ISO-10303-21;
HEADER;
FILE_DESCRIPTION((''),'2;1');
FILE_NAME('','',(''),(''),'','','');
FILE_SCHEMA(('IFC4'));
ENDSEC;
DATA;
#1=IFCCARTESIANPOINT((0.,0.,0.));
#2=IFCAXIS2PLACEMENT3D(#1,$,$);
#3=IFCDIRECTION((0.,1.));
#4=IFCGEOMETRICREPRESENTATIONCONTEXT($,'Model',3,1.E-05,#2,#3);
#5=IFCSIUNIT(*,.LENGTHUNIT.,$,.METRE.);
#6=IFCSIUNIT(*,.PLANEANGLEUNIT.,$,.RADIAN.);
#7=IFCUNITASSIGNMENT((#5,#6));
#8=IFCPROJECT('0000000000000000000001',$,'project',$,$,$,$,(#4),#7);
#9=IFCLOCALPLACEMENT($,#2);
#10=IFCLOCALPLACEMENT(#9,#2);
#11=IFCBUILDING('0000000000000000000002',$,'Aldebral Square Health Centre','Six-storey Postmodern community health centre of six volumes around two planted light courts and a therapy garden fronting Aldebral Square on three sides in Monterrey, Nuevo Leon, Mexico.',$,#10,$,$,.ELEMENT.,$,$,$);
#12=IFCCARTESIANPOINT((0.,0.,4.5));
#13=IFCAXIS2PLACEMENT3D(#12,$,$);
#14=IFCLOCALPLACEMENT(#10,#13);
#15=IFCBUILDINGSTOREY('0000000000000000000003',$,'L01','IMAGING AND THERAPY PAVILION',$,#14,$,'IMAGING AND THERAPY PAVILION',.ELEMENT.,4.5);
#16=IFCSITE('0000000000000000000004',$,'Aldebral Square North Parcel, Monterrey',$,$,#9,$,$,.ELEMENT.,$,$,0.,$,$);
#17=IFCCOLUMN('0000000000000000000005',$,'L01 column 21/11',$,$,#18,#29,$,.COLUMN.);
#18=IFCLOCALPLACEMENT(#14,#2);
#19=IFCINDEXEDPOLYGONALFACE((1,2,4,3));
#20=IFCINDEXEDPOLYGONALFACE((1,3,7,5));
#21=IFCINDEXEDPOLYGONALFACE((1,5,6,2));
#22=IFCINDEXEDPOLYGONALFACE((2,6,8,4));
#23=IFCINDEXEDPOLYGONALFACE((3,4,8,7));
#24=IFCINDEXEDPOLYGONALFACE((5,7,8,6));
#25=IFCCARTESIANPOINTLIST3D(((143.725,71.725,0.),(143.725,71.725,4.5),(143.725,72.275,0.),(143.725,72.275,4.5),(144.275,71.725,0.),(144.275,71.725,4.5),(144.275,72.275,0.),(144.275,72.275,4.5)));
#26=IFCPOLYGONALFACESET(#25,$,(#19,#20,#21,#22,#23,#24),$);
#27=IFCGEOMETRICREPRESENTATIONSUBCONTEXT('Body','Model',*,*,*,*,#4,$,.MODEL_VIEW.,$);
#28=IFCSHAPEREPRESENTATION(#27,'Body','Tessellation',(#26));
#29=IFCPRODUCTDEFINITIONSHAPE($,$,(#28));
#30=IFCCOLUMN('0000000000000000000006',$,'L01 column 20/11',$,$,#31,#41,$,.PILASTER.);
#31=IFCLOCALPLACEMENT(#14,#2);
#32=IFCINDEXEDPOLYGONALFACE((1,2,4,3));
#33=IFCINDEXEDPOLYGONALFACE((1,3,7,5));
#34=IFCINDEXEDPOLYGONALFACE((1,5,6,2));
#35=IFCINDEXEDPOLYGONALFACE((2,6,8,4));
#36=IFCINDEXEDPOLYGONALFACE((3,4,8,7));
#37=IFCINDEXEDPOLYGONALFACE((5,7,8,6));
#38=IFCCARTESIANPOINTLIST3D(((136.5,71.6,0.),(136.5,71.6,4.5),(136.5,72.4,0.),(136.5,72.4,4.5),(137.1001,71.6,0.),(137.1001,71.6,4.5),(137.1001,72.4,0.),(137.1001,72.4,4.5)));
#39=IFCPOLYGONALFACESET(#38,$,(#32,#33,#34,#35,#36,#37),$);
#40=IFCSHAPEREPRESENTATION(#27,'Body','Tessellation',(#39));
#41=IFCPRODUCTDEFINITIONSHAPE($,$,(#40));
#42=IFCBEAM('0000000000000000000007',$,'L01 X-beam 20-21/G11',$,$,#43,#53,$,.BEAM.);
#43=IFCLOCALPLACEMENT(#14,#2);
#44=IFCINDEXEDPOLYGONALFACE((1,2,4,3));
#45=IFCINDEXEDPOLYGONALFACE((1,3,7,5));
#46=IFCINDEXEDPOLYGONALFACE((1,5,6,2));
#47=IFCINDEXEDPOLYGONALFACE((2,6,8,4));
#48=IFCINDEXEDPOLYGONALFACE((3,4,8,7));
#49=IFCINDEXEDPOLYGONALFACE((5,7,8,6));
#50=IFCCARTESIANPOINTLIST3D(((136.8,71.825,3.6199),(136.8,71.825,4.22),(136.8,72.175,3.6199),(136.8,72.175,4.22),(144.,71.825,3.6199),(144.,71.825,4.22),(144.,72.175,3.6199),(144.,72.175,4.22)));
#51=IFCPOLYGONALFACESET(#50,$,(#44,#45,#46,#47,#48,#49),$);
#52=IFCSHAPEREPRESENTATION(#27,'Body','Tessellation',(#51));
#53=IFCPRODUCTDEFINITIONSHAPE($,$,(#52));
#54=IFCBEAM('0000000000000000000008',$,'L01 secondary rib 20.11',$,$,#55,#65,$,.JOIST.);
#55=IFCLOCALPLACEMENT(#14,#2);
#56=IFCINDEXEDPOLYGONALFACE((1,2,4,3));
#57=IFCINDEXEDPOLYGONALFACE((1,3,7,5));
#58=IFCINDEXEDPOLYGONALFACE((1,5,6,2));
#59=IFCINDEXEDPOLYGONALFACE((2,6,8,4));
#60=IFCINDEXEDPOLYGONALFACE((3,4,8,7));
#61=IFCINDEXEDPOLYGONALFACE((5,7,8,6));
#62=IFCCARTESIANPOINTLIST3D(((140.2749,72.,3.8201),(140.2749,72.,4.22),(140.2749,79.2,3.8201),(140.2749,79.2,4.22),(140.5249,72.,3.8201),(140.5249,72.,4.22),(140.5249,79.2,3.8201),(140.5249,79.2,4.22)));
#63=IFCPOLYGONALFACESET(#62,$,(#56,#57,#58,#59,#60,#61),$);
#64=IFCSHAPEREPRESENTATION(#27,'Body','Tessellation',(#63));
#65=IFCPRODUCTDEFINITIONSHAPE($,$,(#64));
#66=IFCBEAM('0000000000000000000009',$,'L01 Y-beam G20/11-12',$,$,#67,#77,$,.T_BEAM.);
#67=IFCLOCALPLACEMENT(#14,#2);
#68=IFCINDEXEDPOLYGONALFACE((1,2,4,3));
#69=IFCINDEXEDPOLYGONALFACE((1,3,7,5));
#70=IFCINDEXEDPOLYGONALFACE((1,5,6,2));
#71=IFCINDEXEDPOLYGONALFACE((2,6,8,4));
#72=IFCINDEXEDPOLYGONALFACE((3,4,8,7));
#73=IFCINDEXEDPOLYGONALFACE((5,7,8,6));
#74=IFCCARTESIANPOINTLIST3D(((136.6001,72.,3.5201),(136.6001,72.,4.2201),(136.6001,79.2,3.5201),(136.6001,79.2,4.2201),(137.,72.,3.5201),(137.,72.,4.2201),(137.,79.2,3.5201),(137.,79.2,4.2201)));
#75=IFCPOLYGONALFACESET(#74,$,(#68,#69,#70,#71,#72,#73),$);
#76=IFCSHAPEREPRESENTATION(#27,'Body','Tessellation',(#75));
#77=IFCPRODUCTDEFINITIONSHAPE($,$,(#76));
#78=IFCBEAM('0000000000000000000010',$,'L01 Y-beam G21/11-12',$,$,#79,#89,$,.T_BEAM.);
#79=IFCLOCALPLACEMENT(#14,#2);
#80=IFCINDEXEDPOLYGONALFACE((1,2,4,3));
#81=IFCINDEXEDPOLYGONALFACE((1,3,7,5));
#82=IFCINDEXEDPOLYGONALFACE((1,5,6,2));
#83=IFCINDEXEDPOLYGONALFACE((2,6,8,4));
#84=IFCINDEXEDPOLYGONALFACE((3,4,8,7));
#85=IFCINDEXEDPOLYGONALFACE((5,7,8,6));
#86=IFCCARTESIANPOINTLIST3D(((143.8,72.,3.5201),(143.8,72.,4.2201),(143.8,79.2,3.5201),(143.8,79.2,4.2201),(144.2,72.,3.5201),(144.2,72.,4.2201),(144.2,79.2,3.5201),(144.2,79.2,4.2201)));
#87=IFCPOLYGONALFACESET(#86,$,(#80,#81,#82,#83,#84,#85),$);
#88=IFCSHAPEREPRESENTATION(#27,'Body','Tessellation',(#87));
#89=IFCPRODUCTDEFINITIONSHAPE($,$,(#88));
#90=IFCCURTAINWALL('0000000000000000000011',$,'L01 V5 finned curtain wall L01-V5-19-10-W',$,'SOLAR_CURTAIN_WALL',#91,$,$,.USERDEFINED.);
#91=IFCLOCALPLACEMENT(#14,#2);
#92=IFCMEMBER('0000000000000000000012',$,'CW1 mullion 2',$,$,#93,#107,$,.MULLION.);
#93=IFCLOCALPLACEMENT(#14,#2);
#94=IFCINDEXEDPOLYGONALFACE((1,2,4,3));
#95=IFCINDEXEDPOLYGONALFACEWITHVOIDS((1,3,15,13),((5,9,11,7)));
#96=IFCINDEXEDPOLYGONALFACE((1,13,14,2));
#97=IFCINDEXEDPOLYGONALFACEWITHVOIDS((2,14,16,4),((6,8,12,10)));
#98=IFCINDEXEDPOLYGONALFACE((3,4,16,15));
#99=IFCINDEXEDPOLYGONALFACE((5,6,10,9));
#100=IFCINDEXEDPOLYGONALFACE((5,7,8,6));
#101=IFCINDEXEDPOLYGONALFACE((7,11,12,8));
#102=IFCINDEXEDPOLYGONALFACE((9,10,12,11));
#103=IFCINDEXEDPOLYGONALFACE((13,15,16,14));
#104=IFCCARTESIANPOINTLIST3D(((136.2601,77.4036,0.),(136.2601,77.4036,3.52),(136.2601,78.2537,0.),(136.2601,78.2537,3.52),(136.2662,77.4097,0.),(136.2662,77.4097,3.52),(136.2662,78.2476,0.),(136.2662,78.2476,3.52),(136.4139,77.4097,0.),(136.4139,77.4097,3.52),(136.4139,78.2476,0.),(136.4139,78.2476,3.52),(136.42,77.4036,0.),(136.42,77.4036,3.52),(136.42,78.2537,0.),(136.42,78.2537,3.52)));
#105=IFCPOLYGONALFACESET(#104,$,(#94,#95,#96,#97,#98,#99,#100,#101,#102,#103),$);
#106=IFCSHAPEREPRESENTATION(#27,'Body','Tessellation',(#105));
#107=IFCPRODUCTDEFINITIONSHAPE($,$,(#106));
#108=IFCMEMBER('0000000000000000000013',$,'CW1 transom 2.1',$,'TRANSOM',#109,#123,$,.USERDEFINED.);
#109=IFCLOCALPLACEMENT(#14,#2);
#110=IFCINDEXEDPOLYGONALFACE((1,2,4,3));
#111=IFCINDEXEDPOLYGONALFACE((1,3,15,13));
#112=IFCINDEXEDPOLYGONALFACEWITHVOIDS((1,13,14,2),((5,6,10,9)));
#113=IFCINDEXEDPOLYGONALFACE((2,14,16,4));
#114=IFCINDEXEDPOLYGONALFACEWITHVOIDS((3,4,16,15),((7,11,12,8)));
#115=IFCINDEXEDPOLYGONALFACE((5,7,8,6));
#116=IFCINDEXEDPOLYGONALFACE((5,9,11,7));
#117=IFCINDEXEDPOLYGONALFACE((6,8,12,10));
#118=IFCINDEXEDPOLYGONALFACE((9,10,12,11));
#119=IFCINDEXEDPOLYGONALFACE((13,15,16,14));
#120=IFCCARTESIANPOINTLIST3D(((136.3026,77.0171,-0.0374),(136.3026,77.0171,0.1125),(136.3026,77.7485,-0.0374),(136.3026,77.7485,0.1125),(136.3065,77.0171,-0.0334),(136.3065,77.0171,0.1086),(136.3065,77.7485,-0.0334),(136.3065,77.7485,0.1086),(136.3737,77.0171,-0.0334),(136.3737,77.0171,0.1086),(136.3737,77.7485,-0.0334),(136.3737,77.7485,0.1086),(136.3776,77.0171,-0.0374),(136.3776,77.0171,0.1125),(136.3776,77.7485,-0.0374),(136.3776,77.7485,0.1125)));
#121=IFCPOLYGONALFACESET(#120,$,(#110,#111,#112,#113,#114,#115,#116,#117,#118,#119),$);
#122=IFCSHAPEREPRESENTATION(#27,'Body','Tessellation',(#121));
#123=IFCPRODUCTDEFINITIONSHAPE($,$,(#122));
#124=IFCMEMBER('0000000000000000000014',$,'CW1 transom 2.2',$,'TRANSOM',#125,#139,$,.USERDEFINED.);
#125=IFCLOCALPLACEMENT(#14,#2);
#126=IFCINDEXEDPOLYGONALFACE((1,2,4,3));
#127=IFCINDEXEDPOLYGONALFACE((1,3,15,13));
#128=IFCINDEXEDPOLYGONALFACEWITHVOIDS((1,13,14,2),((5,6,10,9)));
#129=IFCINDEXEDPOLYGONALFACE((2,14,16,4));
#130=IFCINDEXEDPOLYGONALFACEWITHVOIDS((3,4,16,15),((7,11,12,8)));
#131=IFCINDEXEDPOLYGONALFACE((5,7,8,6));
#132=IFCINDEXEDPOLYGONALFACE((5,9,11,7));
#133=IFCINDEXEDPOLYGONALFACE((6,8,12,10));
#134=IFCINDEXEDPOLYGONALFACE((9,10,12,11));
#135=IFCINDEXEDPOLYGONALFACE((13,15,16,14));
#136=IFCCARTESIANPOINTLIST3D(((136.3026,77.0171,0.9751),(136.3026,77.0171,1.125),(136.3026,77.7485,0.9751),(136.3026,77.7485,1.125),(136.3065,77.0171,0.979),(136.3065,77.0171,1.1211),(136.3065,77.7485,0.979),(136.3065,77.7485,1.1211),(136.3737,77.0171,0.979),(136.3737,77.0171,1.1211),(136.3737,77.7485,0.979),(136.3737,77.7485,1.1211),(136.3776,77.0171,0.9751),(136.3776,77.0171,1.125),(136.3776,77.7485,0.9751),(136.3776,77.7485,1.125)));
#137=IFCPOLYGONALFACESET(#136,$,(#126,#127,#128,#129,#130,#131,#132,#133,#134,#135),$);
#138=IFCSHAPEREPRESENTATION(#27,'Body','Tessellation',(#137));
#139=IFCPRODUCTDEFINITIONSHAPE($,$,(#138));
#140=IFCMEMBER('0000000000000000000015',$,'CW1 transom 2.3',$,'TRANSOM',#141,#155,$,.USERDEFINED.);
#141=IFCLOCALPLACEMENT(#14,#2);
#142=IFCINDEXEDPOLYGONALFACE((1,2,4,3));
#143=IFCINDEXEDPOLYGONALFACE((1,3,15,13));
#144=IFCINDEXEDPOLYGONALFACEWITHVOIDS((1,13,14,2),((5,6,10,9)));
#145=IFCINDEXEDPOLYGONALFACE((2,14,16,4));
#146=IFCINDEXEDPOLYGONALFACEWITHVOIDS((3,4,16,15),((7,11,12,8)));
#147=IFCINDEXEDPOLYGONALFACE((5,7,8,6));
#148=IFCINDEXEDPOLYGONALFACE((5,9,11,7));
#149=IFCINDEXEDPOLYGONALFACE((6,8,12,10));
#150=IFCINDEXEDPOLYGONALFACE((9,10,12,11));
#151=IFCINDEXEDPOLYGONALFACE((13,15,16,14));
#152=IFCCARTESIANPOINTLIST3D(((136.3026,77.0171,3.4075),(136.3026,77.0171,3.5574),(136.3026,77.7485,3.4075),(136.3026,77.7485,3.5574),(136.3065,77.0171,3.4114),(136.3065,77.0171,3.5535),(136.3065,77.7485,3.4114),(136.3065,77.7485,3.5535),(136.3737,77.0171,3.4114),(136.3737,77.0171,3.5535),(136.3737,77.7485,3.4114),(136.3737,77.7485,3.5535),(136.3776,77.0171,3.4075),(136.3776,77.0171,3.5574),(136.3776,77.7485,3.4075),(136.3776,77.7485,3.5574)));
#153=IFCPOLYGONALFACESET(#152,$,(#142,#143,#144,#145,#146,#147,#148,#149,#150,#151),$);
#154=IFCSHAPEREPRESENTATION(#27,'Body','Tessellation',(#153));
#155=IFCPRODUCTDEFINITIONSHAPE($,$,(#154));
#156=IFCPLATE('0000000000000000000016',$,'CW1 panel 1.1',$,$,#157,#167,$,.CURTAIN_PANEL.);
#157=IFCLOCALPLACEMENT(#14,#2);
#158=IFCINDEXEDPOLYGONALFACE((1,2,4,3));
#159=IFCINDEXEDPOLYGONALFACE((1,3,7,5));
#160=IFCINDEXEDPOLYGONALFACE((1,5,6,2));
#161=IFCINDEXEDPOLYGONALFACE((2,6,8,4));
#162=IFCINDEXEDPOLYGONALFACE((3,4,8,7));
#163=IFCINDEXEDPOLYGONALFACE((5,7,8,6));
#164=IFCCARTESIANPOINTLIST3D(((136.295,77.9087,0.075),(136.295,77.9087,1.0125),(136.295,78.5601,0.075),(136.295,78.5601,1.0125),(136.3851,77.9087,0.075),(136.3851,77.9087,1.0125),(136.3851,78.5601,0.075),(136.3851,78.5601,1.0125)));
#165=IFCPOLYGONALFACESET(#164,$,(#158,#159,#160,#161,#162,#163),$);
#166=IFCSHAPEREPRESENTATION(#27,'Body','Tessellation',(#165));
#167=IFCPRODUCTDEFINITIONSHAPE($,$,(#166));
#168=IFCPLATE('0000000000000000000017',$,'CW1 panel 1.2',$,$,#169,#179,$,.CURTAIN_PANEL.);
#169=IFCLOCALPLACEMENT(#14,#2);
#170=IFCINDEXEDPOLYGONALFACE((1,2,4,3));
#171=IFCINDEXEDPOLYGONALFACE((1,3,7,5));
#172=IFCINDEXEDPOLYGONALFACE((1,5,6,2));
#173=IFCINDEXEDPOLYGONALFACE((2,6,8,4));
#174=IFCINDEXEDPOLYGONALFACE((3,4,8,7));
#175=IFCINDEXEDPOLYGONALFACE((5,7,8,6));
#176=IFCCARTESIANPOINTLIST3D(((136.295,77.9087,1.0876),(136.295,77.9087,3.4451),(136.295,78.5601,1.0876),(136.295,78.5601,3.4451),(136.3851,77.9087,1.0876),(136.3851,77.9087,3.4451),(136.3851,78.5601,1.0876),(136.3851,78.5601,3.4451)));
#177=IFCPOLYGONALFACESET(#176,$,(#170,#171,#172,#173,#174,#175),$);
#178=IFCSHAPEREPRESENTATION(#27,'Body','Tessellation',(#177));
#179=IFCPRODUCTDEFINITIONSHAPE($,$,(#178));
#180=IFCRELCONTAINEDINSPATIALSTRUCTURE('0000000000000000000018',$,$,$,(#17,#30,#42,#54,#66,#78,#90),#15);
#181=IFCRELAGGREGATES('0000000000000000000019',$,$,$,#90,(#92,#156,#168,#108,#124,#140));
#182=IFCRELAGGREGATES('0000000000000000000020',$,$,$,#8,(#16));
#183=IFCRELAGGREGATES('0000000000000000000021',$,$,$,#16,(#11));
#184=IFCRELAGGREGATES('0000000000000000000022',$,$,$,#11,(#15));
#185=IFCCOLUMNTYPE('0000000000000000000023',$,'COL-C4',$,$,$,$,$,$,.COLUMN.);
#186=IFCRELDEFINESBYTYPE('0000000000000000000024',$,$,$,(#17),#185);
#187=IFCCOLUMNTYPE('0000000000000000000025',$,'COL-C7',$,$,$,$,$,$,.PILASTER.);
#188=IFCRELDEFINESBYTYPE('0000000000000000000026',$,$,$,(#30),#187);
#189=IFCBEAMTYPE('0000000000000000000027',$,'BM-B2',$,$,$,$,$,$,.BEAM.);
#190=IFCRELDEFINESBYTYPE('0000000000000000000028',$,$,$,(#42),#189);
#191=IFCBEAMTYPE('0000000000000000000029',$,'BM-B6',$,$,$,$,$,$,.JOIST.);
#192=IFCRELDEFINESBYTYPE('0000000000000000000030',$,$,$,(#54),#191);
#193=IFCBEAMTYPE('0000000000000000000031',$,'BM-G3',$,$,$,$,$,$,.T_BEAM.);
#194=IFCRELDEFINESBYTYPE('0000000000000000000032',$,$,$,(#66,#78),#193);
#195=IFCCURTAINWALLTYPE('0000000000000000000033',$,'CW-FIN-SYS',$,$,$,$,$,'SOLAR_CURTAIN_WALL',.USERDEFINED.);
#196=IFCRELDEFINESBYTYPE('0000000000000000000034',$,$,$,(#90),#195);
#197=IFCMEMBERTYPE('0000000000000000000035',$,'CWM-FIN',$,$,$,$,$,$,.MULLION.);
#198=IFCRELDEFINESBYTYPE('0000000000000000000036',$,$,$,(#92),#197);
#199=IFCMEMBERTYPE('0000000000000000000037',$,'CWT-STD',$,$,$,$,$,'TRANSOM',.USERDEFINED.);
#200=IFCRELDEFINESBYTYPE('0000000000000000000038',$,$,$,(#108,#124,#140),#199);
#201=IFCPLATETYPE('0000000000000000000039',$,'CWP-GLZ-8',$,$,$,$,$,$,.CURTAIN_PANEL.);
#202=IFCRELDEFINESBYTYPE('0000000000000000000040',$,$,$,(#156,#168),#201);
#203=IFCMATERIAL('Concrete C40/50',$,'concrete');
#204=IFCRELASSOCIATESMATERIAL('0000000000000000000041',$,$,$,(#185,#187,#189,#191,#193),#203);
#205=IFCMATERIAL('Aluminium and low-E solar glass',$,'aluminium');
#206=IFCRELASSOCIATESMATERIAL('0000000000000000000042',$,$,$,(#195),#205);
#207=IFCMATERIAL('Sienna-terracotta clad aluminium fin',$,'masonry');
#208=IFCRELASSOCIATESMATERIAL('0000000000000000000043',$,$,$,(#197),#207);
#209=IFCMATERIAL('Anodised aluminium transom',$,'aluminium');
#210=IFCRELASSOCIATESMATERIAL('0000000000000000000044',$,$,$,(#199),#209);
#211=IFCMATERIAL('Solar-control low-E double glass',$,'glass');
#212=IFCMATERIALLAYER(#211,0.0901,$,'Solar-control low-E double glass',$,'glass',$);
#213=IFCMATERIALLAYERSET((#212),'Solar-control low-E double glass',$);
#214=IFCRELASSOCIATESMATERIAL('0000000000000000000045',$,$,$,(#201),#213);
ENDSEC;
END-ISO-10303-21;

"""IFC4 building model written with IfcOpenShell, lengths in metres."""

from ifc_helpers import new_model, si_unit, direction, frame, origin, origin_2d, place, context, subcontext, project, spatial, rectangle, hollow_rectangle, extrude, material, layer, layer_set, material_profile, profile_set, type_object, element, aggregate, save


model = new_model("IFC4")

# Units and contexts
model_context = context("Model", 3, precision=1e-05, world=origin(), true_north=direction((0.0, 1.0)))
body_context = subcontext(model_context, "Body", "Model", "MODEL_VIEW")
ifc_project = project(units=[si_unit("LENGTHUNIT", "METRE"), si_unit("PLANEANGLEUNIT", "RADIAN")], contexts=[model_context])

# Site, building, storey
site_placement = place(None, origin())
site = spatial("IfcSite", under=ifc_project, at=site_placement, Name="Aldebral Square North Parcel, Monterrey", CompositionType="ELEMENT", RefElevation=0.0)
building_placement = place(site_placement, origin())
building = spatial("IfcBuilding", under=site, at=building_placement, Name="Aldebral Square Health Centre", Description="Six-storey Postmodern community health centre of six volumes around two planted light courts and a therapy garden fronting Aldebral Square on three sides in Monterrey, Nuevo Leon, Mexico.", CompositionType="ELEMENT")
storey_placement = place(building_placement, frame((0.0, 0.0, 4.5)))
storey = spatial("IfcBuildingStorey", under=building, at=storey_placement, Name="L01", Description="IMAGING AND THERAPY PAVILION", LongName="IMAGING AND THERAPY PAVILION", CompositionType="ELEMENT", Elevation=4.5)

# Columns
ifc_material_1 = material(Name="Concrete C40/50", Category="concrete")
ifc_material_profile_1 = material_profile(ifc_material_1, rectangle(XDim=0.55, YDim=0.55, at=origin_2d()), Name="RC 550x550")
ifc_profile_set_1 = profile_set([ifc_material_profile_1], Name="Concrete C40/50")
column_type_1 = type_object("IfcColumnType", Name="COL-C4", PredefinedType="COLUMN", material=ifc_profile_set_1)
column_1_placement = place(storey_placement, frame((144.0, 72.0, 0.0), z_axis=(0.0, 0.0, 1.0), x_axis=(1.0, 0.0, 0.0)))
element("IfcColumn", 1, at=column_1_placement, inside=storey, type_object=column_type_1, Name="L01 column 21/11", PredefinedType="COLUMN", context=body_context, shape_type="SweptSolid", body=[
    extrude(rectangle(XDim=0.55, YDim=0.55, at=origin_2d()), origin(), (0.0, 0.0, 1.0), 4.5),
])
ifc_material_profile_2 = material_profile(ifc_material_1, rectangle(XDim=0.6001, YDim=0.8, at=origin_2d()), Name="RC 600x800")
ifc_profile_set_2 = profile_set([ifc_material_profile_2], Name="Concrete C40/50")
column_type_2 = type_object("IfcColumnType", Name="COL-C7", PredefinedType="PILASTER", material=ifc_profile_set_2)
column_2_placement = place(storey_placement, frame((136.8, 72.0, 0.0), z_axis=(0.0, 0.0, 1.0), x_axis=(1.0, 0.0, 0.0)))
element("IfcColumn", 2, at=column_2_placement, inside=storey, type_object=column_type_2, Name="L01 column 20/11", PredefinedType="PILASTER", context=body_context, shape_type="SweptSolid", body=[
    extrude(rectangle(XDim=0.6001, YDim=0.8, at=origin_2d()), origin(), (0.0, 0.0, 1.0), 4.5),
])

# Beams
ifc_material_profile_3 = material_profile(ifc_material_1, rectangle(XDim=0.3501, YDim=0.6001, at=origin_2d()), Name="RC 350x600")
ifc_profile_set_3 = profile_set([ifc_material_profile_3], Name="Concrete C40/50")
beam_type_1 = type_object("IfcBeamType", Name="BM-B2", PredefinedType="BEAM", material=ifc_profile_set_3)
beam_1_placement = place(storey_placement, frame((136.8, 72.0, 3.9199), z_axis=(1.0, 0.0, 0.0), x_axis=(0.0, 1.0, 0.0)))
element("IfcBeam", 3, at=beam_1_placement, inside=storey, type_object=beam_type_1, Name="L01 X-beam 20-21/G11", PredefinedType="BEAM", context=body_context, shape_type="SweptSolid", body=[
    extrude(rectangle(XDim=0.3501, YDim=0.6001, at=origin_2d()), origin(), (0.0, 0.0, 1.0), 7.2),
])
ifc_material_profile_4 = material_profile(ifc_material_1, rectangle(XDim=0.25, YDim=0.3999, at=origin_2d()), Name="RC 250x400")
ifc_profile_set_4 = profile_set([ifc_material_profile_4], Name="Concrete C40/50")
beam_type_2 = type_object("IfcBeamType", Name="BM-B6", PredefinedType="JOIST", material=ifc_profile_set_4)
beam_2_placement = place(storey_placement, frame((140.3999, 72.0, 4.02), z_axis=(0.0, 1.0, 0.0), x_axis=(-1.0, 0.0, 0.0)))
element("IfcBeam", 4, at=beam_2_placement, inside=storey, type_object=beam_type_2, Name="L01 secondary rib 20.11", PredefinedType="JOIST", context=body_context, shape_type="SweptSolid", body=[
    extrude(rectangle(XDim=0.25, YDim=0.3999, at=origin_2d()), origin(), (0.0, 0.0, 1.0), 7.2),
])
ifc_material_profile_5 = material_profile(ifc_material_1, rectangle(XDim=0.3999, YDim=0.7, at=origin_2d()), Name="RC 400x700")
ifc_profile_set_5 = profile_set([ifc_material_profile_5], Name="Concrete C40/50")
beam_type_3 = type_object("IfcBeamType", Name="BM-G3", PredefinedType="T_BEAM", material=ifc_profile_set_5)
for number, where, z_axis, x_axis, name in (
    (5, (136.8, 72.0, 3.8701), (0.0, 1.0, 0.0), (-1.0, 0.0, 0.0), "L01 Y-beam G20/11-12"),
    (6, (144.0, 72.0, 3.8701), (0.0, 1.0, 0.0), (-1.0, 0.0, 0.0), "L01 Y-beam G21/11-12"),
):
    element("IfcBeam", number, at=place(storey_placement, frame(where, z_axis=z_axis, x_axis=x_axis)), inside=storey, type_object=beam_type_3, Name=name, PredefinedType="T_BEAM", context=body_context, shape_type="SweptSolid", body=[
        extrude(rectangle(XDim=0.3999, YDim=0.7, at=origin_2d()), origin(), (0.0, 0.0, 1.0), 7.2),
    ])

# Curtain wall, members, plates
ifc_material_2 = material(Name="Aluminium and low-E solar glass", Category="aluminium")
curtain_wall_type = type_object("IfcCurtainWallType", Name="CW-FIN-SYS", ElementType="SOLAR_CURTAIN_WALL", PredefinedType="USERDEFINED", material=ifc_material_2)
curtain_wall_placement = place(storey_placement, origin())
curtain_wall = element("IfcCurtainWall", 7, at=curtain_wall_placement, inside=storey, type_object=curtain_wall_type, Name="L01 V5 finned curtain wall L01-V5-19-10-W", ObjectType="SOLAR_CURTAIN_WALL", PredefinedType="USERDEFINED")
ifc_material_3 = material(Name="Sienna-terracotta clad aluminium fin", Category="masonry")
ifc_material_profile_6 = material_profile(ifc_material_3, hollow_rectangle(XDim=0.1599, YDim=0.8501, WallThickness=0.0061, at=origin_2d()), Name="FIN 160x850x6")
ifc_profile_set_6 = profile_set([ifc_material_profile_6], Name="Sienna-terracotta clad aluminium fin")
member_type_1 = type_object("IfcMemberType", Name="CWM-FIN", PredefinedType="MULLION", material=ifc_profile_set_6)
member_1_placement = place(storey_placement, frame((136.3401, 77.8286, 0.0), z_axis=(0.0, 0.0, 1.0), x_axis=(1.0, 0.0, 0.0)))
member_1 = element("IfcMember", 8, at=member_1_placement, type_object=member_type_1, Name="CW1 mullion 2", PredefinedType="MULLION", context=body_context, shape_type="SweptSolid", body=[
    extrude(hollow_rectangle(XDim=0.1599, YDim=0.8501, WallThickness=0.0061, at=origin_2d()), origin(), (0.0, 0.0, 1.0), 3.52),
])
ifc_material_4 = material(Name="Anodised aluminium transom", Category="aluminium")
ifc_material_profile_7 = material_profile(ifc_material_4, hollow_rectangle(XDim=0.075, YDim=0.1499, WallThickness=0.0039, at=origin_2d()), Name="CWT 75x150x4")
ifc_profile_set_7 = profile_set([ifc_material_profile_7], Name="Anodised aluminium transom")
member_type_2 = type_object("IfcMemberType", Name="CWT-STD", ElementType="TRANSOM", PredefinedType="USERDEFINED", material=ifc_profile_set_7)
member_2_placement = place(storey_placement, frame((136.3401, 77.7485, 0.0376), z_axis=(0.0, -1.0, 0.0), x_axis=(1.0, 0.0, 0.0)))
member_2 = element("IfcMember", 9, at=member_2_placement, type_object=member_type_2, Name="CW1 transom 2.1", ObjectType="TRANSOM", PredefinedType="USERDEFINED", context=body_context, shape_type="SweptSolid", body=[
    extrude(hollow_rectangle(XDim=0.075, YDim=0.1499, WallThickness=0.0039, at=origin_2d()), origin(), (0.0, 0.0, 1.0), 0.7314),
])
member_3_placement = place(storey_placement, frame((136.3401, 77.7485, 1.05), z_axis=(0.0, -1.0, 0.0), x_axis=(1.0, 0.0, 0.0)))
member_3 = element("IfcMember", 10, at=member_3_placement, type_object=member_type_2, Name="CW1 transom 2.2", ObjectType="TRANSOM", PredefinedType="USERDEFINED", context=body_context, shape_type="SweptSolid", body=[
    extrude(hollow_rectangle(XDim=0.075, YDim=0.1499, WallThickness=0.0039, at=origin_2d()), origin(), (0.0, 0.0, 1.0), 0.7314),
])
member_4_placement = place(storey_placement, frame((136.3401, 77.7485, 3.4824), z_axis=(0.0, -1.0, 0.0), x_axis=(1.0, 0.0, 0.0)))
member_4 = element("IfcMember", 11, at=member_4_placement, type_object=member_type_2, Name="CW1 transom 2.3", ObjectType="TRANSOM", PredefinedType="USERDEFINED", context=body_context, shape_type="SweptSolid", body=[
    extrude(hollow_rectangle(XDim=0.075, YDim=0.1499, WallThickness=0.0039, at=origin_2d()), origin(), (0.0, 0.0, 1.0), 0.7314),
])
ifc_material_5 = material(Name="Solar-control low-E double glass", Category="glass")
ifc_layer_1 = layer(ifc_material_5, 0.0901, Name="Solar-control low-E double glass", Category="glass")
ifc_layer_set_1 = layer_set([ifc_layer_1], Name="Solar-control low-E double glass")
plate_type = type_object("IfcPlateType", Name="CWP-GLZ-8", PredefinedType="CURTAIN_PANEL", material=ifc_layer_set_1)
plate_1_placement = place(storey_placement, frame((136.3401, 78.2344, 0.075), z_axis=(0.0, 0.0, 1.0), x_axis=(0.0, -1.0, 0.0)))
plate_1 = element("IfcPlate", 12, at=plate_1_placement, type_object=plate_type, Name="CW1 panel 1.1", PredefinedType="CURTAIN_PANEL", context=body_context, shape_type="SweptSolid", body=[
    extrude(rectangle(XDim=0.6514, YDim=0.0901, at=origin_2d()), origin(), (0.0, 0.0, 1.0), 0.9375),
])
plate_2_placement = place(storey_placement, frame((136.3401, 78.2344, 1.0876), z_axis=(0.0, 0.0, 1.0), x_axis=(0.0, -1.0, 0.0)))
plate_2 = element("IfcPlate", 13, at=plate_2_placement, type_object=plate_type, Name="CW1 panel 1.2", PredefinedType="CURTAIN_PANEL", context=body_context, shape_type="SweptSolid", body=[
    extrude(rectangle(XDim=0.6514, YDim=0.0901, at=origin_2d()), origin(), (0.0, 0.0, 1.0), 2.3574),
])
aggregate(curtain_wall, [member_1, plate_1, plate_2, member_2, member_3, member_4])

save(model, "model.ifc")
